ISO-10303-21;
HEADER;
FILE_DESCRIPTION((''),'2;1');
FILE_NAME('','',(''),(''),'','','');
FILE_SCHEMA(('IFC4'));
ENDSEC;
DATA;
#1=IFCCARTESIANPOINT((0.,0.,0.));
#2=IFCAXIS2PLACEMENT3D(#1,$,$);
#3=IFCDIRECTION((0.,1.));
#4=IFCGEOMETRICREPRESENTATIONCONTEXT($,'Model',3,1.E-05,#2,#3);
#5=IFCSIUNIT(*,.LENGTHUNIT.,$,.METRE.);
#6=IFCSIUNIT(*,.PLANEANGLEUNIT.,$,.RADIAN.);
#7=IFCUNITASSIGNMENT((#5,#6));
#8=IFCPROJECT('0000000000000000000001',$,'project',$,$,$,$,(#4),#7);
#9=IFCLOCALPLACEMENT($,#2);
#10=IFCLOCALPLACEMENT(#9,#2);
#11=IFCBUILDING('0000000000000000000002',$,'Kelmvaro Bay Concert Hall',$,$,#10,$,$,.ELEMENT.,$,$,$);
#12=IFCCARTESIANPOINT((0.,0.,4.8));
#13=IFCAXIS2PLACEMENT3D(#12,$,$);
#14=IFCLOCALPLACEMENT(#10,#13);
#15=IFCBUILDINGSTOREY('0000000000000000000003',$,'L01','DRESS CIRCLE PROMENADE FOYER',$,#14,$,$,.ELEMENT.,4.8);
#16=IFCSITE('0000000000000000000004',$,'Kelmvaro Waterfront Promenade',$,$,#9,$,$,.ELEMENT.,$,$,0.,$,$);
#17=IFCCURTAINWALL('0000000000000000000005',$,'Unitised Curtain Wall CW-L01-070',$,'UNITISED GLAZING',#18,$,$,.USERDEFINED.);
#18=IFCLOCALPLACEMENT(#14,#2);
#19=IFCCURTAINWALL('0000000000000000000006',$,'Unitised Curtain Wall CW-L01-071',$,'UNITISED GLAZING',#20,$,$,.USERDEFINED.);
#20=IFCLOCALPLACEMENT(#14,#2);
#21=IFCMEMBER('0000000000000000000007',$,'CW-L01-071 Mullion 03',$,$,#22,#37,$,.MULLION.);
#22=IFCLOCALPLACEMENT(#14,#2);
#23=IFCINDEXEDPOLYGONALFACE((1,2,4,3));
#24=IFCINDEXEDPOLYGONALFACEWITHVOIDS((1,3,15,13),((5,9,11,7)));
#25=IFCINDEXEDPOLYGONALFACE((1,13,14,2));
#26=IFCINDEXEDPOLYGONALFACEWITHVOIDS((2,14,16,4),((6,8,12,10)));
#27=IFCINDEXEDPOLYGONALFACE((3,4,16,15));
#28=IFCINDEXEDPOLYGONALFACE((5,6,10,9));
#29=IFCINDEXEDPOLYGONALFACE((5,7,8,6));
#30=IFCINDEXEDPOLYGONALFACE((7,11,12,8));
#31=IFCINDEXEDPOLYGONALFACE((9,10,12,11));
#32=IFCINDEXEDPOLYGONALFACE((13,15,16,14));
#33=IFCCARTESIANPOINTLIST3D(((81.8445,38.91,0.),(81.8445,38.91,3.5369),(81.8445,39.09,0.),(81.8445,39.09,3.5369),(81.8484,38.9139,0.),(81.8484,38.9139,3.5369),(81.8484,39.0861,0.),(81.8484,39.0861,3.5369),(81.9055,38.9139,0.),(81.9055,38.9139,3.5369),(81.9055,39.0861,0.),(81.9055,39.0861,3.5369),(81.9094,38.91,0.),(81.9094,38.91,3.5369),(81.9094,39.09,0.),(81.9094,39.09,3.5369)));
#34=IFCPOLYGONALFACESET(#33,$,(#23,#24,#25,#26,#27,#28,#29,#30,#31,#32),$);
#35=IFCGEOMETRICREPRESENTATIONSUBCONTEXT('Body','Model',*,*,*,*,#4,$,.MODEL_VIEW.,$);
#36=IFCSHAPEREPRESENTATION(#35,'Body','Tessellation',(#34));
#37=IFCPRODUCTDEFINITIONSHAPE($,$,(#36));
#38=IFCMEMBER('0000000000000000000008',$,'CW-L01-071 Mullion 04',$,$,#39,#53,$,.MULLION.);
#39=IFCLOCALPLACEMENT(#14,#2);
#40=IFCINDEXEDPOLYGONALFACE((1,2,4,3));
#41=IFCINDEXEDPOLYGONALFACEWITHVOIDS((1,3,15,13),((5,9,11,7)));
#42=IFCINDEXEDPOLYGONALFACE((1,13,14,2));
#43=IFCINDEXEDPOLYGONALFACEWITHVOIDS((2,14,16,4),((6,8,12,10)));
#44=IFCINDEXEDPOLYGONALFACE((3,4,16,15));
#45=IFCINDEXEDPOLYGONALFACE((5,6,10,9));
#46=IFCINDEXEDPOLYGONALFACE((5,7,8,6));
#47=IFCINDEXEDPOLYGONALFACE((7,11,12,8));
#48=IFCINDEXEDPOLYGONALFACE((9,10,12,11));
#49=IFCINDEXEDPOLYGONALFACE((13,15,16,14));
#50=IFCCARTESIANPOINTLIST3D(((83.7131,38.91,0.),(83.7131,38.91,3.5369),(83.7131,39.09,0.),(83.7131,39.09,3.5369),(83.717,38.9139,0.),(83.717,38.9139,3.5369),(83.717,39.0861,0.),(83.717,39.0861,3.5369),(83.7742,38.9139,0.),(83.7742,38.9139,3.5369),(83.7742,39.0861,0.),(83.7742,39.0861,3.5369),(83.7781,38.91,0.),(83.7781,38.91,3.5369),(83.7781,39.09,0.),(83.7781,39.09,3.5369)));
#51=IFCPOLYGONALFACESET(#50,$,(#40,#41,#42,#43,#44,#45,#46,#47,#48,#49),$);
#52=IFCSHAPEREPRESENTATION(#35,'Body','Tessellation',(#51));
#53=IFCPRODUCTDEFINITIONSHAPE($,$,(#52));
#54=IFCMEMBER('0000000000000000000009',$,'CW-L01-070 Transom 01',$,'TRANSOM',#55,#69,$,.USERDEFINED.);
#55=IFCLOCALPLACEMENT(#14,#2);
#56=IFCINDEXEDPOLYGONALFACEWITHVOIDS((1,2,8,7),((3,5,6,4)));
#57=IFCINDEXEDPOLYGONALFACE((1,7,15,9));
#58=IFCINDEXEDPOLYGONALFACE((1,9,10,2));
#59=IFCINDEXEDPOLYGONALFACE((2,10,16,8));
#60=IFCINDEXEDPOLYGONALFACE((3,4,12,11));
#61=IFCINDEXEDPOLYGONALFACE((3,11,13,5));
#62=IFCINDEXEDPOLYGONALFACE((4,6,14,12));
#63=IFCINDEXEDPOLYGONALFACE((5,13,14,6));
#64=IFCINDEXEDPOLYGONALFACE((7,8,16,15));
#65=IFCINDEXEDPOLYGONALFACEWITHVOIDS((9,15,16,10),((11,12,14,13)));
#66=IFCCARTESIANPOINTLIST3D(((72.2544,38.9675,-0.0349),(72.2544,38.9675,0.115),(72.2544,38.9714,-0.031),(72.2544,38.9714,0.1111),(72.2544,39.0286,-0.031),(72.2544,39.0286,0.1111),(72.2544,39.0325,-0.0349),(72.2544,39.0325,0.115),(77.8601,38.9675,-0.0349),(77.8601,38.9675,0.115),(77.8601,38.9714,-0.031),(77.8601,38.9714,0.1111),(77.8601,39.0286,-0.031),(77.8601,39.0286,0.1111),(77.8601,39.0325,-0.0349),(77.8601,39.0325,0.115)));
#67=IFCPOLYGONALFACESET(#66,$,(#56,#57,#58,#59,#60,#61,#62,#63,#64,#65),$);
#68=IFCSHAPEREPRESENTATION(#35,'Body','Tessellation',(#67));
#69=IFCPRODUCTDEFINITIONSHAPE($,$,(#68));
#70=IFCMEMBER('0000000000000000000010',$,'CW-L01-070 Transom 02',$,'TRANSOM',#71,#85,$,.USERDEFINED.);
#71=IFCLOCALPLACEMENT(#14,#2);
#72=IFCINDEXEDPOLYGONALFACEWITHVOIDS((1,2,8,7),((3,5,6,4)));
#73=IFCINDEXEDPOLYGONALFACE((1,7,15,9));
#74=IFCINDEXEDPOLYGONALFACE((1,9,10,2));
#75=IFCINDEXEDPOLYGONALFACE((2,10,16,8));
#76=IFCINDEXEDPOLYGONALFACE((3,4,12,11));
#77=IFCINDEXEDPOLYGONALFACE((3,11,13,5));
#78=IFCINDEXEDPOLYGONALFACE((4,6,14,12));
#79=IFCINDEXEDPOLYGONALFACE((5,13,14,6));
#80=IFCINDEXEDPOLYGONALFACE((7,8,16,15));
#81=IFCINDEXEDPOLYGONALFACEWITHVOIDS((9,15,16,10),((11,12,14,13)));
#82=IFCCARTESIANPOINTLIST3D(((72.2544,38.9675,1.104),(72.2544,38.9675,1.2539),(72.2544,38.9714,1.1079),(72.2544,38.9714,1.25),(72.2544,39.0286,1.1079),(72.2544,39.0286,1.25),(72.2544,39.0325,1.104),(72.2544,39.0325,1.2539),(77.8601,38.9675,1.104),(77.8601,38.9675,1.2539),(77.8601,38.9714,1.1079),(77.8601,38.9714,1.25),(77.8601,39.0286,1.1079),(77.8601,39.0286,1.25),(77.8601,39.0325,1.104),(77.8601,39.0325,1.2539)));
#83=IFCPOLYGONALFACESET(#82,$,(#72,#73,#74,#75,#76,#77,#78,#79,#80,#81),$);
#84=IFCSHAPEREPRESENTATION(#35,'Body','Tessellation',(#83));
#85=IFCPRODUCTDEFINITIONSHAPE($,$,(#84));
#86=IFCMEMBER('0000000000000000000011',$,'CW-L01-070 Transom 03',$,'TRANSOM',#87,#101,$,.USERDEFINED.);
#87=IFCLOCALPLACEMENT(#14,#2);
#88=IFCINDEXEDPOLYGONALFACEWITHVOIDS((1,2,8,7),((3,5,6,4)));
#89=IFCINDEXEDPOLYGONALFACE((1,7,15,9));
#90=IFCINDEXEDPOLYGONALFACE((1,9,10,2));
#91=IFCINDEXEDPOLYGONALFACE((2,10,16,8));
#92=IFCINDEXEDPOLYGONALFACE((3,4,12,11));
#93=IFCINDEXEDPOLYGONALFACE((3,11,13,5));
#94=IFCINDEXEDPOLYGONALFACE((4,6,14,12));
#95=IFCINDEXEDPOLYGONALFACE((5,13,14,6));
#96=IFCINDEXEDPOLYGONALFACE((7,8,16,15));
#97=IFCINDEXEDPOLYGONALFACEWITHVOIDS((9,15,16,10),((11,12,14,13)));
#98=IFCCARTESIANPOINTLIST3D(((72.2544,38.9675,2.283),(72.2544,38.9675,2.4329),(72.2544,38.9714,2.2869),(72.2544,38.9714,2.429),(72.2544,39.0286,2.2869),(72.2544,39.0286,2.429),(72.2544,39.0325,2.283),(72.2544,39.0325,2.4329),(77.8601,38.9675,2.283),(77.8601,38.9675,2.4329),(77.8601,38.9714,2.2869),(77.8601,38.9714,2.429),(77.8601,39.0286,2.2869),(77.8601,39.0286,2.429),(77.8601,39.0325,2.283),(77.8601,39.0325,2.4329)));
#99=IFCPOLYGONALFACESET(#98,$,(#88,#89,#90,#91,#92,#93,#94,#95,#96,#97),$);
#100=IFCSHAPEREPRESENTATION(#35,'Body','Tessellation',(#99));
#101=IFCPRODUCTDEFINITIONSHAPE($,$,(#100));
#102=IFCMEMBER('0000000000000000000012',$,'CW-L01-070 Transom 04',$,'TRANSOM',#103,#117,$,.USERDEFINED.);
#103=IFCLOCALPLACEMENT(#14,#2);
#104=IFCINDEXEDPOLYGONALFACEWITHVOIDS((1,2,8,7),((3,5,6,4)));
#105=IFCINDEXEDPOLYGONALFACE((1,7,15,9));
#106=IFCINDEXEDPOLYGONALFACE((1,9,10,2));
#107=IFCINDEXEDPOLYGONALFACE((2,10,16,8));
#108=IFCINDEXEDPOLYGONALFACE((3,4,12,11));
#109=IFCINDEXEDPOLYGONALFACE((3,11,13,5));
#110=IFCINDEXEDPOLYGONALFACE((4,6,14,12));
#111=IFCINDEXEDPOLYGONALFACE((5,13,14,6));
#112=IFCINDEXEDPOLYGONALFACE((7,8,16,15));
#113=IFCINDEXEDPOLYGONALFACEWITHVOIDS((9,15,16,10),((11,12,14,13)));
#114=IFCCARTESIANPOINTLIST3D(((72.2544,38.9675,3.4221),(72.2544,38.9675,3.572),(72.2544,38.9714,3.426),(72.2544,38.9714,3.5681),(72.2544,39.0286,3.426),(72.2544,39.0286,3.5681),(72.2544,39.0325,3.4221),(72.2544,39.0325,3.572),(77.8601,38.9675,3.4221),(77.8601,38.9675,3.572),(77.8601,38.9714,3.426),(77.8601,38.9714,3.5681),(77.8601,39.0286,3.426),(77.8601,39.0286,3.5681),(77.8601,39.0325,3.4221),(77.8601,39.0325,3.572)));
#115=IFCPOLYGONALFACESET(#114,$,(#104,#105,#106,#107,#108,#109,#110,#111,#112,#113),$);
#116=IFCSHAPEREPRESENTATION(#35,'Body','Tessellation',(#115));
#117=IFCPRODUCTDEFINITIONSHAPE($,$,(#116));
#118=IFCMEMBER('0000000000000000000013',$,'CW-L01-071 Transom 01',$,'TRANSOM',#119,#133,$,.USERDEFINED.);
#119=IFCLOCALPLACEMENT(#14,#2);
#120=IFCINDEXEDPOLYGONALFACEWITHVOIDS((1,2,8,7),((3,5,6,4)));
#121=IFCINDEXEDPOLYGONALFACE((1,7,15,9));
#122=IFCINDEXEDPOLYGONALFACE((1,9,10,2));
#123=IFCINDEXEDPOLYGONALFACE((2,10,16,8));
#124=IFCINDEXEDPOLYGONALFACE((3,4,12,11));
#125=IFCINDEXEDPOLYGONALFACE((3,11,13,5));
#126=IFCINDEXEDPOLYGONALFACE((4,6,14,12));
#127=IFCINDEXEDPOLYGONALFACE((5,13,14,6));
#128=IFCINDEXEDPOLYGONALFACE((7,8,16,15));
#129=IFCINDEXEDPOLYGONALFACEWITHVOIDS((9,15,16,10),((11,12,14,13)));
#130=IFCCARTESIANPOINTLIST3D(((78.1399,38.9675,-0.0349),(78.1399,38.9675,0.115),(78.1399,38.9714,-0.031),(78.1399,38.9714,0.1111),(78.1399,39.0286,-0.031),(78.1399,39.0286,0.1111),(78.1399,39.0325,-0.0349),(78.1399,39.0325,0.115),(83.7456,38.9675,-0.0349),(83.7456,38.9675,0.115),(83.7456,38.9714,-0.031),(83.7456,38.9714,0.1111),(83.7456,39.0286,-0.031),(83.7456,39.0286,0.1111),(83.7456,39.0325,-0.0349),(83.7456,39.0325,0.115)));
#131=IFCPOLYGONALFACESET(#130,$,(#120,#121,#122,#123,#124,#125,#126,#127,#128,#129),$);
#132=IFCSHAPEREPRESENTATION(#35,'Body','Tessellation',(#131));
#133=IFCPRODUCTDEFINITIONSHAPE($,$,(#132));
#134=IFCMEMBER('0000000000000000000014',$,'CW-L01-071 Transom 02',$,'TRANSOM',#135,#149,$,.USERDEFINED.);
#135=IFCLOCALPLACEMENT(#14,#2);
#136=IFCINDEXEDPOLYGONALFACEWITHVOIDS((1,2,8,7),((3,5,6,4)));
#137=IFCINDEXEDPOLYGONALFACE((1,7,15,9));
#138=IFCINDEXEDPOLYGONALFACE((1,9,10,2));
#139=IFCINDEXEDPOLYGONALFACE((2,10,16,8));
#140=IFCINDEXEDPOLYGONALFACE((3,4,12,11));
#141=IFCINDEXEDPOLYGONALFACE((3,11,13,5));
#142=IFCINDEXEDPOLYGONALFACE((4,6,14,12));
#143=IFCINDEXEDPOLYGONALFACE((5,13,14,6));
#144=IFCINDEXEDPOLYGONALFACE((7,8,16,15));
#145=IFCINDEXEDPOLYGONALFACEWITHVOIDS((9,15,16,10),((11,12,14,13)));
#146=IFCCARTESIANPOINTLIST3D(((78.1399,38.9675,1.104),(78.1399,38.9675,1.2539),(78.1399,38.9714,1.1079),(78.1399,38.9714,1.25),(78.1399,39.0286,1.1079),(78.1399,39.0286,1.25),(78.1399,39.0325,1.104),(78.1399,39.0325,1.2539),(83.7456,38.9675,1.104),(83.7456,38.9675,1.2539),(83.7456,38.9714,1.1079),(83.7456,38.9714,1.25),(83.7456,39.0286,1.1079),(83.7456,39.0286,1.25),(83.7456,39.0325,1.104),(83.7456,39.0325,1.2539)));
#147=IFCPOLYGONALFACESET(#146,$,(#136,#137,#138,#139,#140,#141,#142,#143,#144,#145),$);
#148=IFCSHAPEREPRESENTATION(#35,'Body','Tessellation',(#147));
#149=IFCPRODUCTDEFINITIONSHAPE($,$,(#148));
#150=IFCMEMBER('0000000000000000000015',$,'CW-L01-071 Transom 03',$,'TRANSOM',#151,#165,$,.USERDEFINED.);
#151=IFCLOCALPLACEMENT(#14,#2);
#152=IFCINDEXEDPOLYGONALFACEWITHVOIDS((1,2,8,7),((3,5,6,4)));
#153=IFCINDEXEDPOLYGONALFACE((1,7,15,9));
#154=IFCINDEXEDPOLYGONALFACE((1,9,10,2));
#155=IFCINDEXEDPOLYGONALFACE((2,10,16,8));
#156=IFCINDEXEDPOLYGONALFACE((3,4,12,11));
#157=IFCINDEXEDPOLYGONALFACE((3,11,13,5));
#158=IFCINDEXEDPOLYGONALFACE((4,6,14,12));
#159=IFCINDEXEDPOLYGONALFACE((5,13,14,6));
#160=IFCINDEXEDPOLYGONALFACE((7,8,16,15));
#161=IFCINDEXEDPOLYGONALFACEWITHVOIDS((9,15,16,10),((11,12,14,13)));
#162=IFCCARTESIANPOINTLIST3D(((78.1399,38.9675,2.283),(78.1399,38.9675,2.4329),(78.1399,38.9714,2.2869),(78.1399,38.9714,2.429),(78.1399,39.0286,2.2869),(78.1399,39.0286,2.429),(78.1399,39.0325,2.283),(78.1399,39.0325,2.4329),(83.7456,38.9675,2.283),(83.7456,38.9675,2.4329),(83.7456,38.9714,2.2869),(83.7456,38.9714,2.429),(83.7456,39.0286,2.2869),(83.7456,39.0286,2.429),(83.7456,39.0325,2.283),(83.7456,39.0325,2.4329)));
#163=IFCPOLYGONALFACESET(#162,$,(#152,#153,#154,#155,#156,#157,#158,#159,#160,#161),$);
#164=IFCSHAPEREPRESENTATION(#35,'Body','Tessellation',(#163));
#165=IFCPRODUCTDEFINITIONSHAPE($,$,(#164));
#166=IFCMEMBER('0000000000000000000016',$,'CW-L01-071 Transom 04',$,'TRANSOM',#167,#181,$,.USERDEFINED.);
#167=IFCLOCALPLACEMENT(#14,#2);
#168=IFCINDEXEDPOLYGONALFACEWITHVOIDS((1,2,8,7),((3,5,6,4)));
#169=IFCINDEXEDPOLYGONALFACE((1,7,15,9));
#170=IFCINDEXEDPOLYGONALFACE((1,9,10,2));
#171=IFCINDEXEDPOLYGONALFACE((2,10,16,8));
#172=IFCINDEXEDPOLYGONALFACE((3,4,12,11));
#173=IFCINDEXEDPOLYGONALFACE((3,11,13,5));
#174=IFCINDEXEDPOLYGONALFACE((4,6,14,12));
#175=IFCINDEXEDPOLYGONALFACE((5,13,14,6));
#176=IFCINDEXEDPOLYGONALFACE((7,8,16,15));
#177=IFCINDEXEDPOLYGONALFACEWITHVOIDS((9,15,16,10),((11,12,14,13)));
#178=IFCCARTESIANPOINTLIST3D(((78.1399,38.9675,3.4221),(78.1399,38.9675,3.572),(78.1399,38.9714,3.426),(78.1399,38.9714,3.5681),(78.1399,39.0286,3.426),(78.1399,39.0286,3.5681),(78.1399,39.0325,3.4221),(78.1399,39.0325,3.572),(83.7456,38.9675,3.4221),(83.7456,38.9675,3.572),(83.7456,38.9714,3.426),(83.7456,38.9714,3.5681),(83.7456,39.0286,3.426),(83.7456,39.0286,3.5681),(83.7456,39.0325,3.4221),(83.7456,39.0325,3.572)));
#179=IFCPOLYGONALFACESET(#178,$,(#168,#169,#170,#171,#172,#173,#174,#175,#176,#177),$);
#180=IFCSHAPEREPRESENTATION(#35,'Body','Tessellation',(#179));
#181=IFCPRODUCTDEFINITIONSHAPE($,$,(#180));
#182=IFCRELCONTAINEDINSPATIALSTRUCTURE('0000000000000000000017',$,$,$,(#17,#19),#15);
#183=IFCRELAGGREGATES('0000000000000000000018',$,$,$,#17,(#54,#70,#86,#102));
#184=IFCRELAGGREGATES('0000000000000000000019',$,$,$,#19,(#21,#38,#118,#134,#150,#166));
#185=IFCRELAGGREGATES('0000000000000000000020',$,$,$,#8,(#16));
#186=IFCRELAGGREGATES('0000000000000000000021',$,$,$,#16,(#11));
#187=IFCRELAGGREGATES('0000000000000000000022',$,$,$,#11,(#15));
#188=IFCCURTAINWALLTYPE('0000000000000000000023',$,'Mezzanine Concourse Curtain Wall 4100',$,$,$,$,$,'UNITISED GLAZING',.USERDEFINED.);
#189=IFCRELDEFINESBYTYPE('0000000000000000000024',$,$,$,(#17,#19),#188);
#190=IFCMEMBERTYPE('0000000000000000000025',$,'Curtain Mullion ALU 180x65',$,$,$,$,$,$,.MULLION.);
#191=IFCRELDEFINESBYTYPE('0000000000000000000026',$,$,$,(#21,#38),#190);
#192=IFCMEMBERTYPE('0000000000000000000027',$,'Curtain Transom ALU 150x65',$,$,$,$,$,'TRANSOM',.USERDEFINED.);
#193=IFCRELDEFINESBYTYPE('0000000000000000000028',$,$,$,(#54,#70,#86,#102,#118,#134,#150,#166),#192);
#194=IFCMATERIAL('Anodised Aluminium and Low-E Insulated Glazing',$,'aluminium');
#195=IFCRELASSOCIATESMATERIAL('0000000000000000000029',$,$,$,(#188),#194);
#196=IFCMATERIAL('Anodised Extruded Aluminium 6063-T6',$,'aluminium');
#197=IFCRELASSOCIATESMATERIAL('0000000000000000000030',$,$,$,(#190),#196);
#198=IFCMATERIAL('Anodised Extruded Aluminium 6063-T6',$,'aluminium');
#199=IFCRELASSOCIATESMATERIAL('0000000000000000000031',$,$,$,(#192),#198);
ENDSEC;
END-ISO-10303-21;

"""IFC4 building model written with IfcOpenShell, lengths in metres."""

from ifc_helpers import new_model, si_unit, direction, frame, origin, origin_2d, place, context, subcontext, project, spatial, hollow_rectangle, extrude, material, material_profile, profile_set, type_object, element, aggregate, save


model = new_model("IFC4")

# Units and contexts
model_context = context("Model", 3, precision=1e-05, world=origin(), true_north=direction((0.0, 1.0)))
body_context = subcontext(model_context, "Body", "Model", "MODEL_VIEW")
ifc_project = project(units=[si_unit("LENGTHUNIT", "METRE"), si_unit("PLANEANGLEUNIT", "RADIAN")], contexts=[model_context])

# Site, building, storey
site_placement = place(None, origin())
site = spatial("IfcSite", under=ifc_project, at=site_placement, Name="Kelmvaro Waterfront Promenade", CompositionType="ELEMENT", RefElevation=0.0)
building_placement = place(site_placement, origin())
building = spatial("IfcBuilding", under=site, at=building_placement, Name="Kelmvaro Bay Concert Hall", CompositionType="ELEMENT")
storey_placement = place(building_placement, frame((0.0, 0.0, 4.8)))
storey = spatial("IfcBuildingStorey", under=building, at=storey_placement, Name="L01", Description="DRESS CIRCLE PROMENADE FOYER", CompositionType="ELEMENT", Elevation=4.8)

# Shared definitions
ifc_material_1 = material(Name="Anodised Aluminium and Low-E Insulated Glazing", Category="aluminium")
curtain_wall_type = type_object("IfcCurtainWallType", Name="Mezzanine Concourse Curtain Wall 4100", ElementType="UNITISED GLAZING", PredefinedType="USERDEFINED", material=ifc_material_1)
ifc_material_2 = material(Name="Anodised Extruded Aluminium 6063-T6", Category="aluminium")
ifc_material_profile_1 = material_profile(ifc_material_2, hollow_rectangle(XDim=0.0649, YDim=0.1799, WallThickness=0.0039, at=origin_2d()), Name="ALU-MUL-180X65")
ifc_profile_set_1 = profile_set([ifc_material_profile_1], Name="Anodised Extruded Aluminium 6063-T6")
member_type_1 = type_object("IfcMemberType", Name="Curtain Mullion ALU 180x65", PredefinedType="MULLION", material=ifc_profile_set_1)

# Curtain walls, members
curtain_wall_1_placement = place(storey_placement, origin())
curtain_wall_1 = element("IfcCurtainWall", 1, at=curtain_wall_1_placement, inside=storey, type_object=curtain_wall_type, Name="Unitised Curtain Wall CW-L01-070", ObjectType="UNITISED GLAZING", PredefinedType="USERDEFINED")
curtain_wall_2_placement = place(storey_placement, origin())
curtain_wall_2 = element("IfcCurtainWall", 2, at=curtain_wall_2_placement, inside=storey, type_object=curtain_wall_type, Name="Unitised Curtain Wall CW-L01-071", ObjectType="UNITISED GLAZING", PredefinedType="USERDEFINED")
member_1_placement = place(storey_placement, frame((81.877, 39.0, 0.0), z_axis=(0.0, 0.0, 1.0), x_axis=(1.0, 0.0, 0.0)))
member_1 = element("IfcMember", 3, at=member_1_placement, type_object=member_type_1, Name="CW-L01-071 Mullion 03", PredefinedType="MULLION", context=body_context, shape_type="SweptSolid", body=[
    extrude(hollow_rectangle(XDim=0.0649, YDim=0.1799, WallThickness=0.0039, at=origin_2d()), origin(), (0.0, 0.0, 1.0), 3.5369),
])
member_2_placement = place(storey_placement, frame((83.7456, 39.0, 0.0), z_axis=(0.0, 0.0, 1.0), x_axis=(1.0, 0.0, 0.0)))
member_2 = element("IfcMember", 4, at=member_2_placement, type_object=member_type_1, Name="CW-L01-071 Mullion 04", PredefinedType="MULLION", context=body_context, shape_type="SweptSolid", body=[
    extrude(hollow_rectangle(XDim=0.0649, YDim=0.1799, WallThickness=0.0039, at=origin_2d()), origin(), (0.0, 0.0, 1.0), 3.5369),
])

# Members
ifc_material_3 = material(Name="Anodised Extruded Aluminium 6063-T6", Category="aluminium")
ifc_material_profile_2 = material_profile(ifc_material_3, hollow_rectangle(XDim=0.0649, YDim=0.1499, WallThickness=0.0039, at=origin_2d()), Name="ALU-TRN-150X65")
ifc_profile_set_2 = profile_set([ifc_material_profile_2], Name="Anodised Extruded Aluminium 6063-T6")
member_type_2 = type_object("IfcMemberType", Name="Curtain Transom ALU 150x65", ElementType="TRANSOM", PredefinedType="USERDEFINED", material=ifc_profile_set_2)
member_3_placement = place(storey_placement, frame((72.2544, 39.0, 0.04), z_axis=(1.0, 0.0, 0.0), x_axis=(0.0, 1.0, 0.0)))
member_3 = element("IfcMember", 5, at=member_3_placement, type_object=member_type_2, Name="CW-L01-070 Transom 01", ObjectType="TRANSOM", PredefinedType="USERDEFINED", context=body_context, shape_type="SweptSolid", body=[
    extrude(hollow_rectangle(XDim=0.0649, YDim=0.1499, WallThickness=0.0039, at=origin_2d()), origin(), (0.0, 0.0, 1.0), 5.6057),
])
member_4_placement = place(storey_placement, frame((72.2544, 39.0, 1.179), z_axis=(1.0, 0.0, 0.0), x_axis=(0.0, 1.0, 0.0)))
member_4 = element("IfcMember", 6, at=member_4_placement, type_object=member_type_2, Name="CW-L01-070 Transom 02", ObjectType="TRANSOM", PredefinedType="USERDEFINED", context=body_context, shape_type="SweptSolid", body=[
    extrude(hollow_rectangle(XDim=0.0649, YDim=0.1499, WallThickness=0.0039, at=origin_2d()), origin(), (0.0, 0.0, 1.0), 5.6057),
])
member_5_placement = place(storey_placement, frame((72.2544, 39.0, 2.3579), z_axis=(1.0, 0.0, 0.0), x_axis=(0.0, 1.0, 0.0)))
member_5 = element("IfcMember", 7, at=member_5_placement, type_object=member_type_2, Name="CW-L01-070 Transom 03", ObjectType="TRANSOM", PredefinedType="USERDEFINED", context=body_context, shape_type="SweptSolid", body=[
    extrude(hollow_rectangle(XDim=0.0649, YDim=0.1499, WallThickness=0.0039, at=origin_2d()), origin(), (0.0, 0.0, 1.0), 5.6057),
])
member_6_placement = place(storey_placement, frame((72.2544, 39.0, 3.4971), z_axis=(1.0, 0.0, 0.0), x_axis=(0.0, 1.0, 0.0)))
member_6 = element("IfcMember", 8, at=member_6_placement, type_object=member_type_2, Name="CW-L01-070 Transom 04", ObjectType="TRANSOM", PredefinedType="USERDEFINED", context=body_context, shape_type="SweptSolid", body=[
    extrude(hollow_rectangle(XDim=0.0649, YDim=0.1499, WallThickness=0.0039, at=origin_2d()), origin(), (0.0, 0.0, 1.0), 5.6057),
])
member_7_placement = place(storey_placement, frame((78.1399, 39.0, 0.04), z_axis=(1.0, 0.0, 0.0), x_axis=(0.0, 1.0, 0.0)))
member_7 = element("IfcMember", 9, at=member_7_placement, type_object=member_type_2, Name="CW-L01-071 Transom 01", ObjectType="TRANSOM", PredefinedType="USERDEFINED", context=body_context, shape_type="SweptSolid", body=[
    extrude(hollow_rectangle(XDim=0.0649, YDim=0.1499, WallThickness=0.0039, at=origin_2d()), origin(), (0.0, 0.0, 1.0), 5.6057),
])
member_8_placement = place(storey_placement, frame((78.1399, 39.0, 1.179), z_axis=(1.0, 0.0, 0.0), x_axis=(0.0, 1.0, 0.0)))
member_8 = element("IfcMember", 10, at=member_8_placement, type_object=member_type_2, Name="CW-L01-071 Transom 02", ObjectType="TRANSOM", PredefinedType="USERDEFINED", context=body_context, shape_type="SweptSolid", body=[
    extrude(hollow_rectangle(XDim=0.0649, YDim=0.1499, WallThickness=0.0039, at=origin_2d()), origin(), (0.0, 0.0, 1.0), 5.6057),
])
member_9_placement = place(storey_placement, frame((78.1399, 39.0, 2.3579), z_axis=(1.0, 0.0, 0.0), x_axis=(0.0, 1.0, 0.0)))
member_9 = element("IfcMember", 11, at=member_9_placement, type_object=member_type_2, Name="CW-L01-071 Transom 03", ObjectType="TRANSOM", PredefinedType="USERDEFINED", context=body_context, shape_type="SweptSolid", body=[
    extrude(hollow_rectangle(XDim=0.0649, YDim=0.1499, WallThickness=0.0039, at=origin_2d()), origin(), (0.0, 0.0, 1.0), 5.6057),
])
member_10_placement = place(storey_placement, frame((78.1399, 39.0, 3.4971), z_axis=(1.0, 0.0, 0.0), x_axis=(0.0, 1.0, 0.0)))
member_10 = element("IfcMember", 12, at=member_10_placement, type_object=member_type_2, Name="CW-L01-071 Transom 04", ObjectType="TRANSOM", PredefinedType="USERDEFINED", context=body_context, shape_type="SweptSolid", body=[
    extrude(hollow_rectangle(XDim=0.0649, YDim=0.1499, WallThickness=0.0039, at=origin_2d()), origin(), (0.0, 0.0, 1.0), 5.6057),
])

aggregate(curtain_wall_1, [member_3, member_4, member_5, member_6])
aggregate(curtain_wall_2, [member_1, member_2, member_7, member_8, member_9, member_10])

save(model, "model.ifc")
